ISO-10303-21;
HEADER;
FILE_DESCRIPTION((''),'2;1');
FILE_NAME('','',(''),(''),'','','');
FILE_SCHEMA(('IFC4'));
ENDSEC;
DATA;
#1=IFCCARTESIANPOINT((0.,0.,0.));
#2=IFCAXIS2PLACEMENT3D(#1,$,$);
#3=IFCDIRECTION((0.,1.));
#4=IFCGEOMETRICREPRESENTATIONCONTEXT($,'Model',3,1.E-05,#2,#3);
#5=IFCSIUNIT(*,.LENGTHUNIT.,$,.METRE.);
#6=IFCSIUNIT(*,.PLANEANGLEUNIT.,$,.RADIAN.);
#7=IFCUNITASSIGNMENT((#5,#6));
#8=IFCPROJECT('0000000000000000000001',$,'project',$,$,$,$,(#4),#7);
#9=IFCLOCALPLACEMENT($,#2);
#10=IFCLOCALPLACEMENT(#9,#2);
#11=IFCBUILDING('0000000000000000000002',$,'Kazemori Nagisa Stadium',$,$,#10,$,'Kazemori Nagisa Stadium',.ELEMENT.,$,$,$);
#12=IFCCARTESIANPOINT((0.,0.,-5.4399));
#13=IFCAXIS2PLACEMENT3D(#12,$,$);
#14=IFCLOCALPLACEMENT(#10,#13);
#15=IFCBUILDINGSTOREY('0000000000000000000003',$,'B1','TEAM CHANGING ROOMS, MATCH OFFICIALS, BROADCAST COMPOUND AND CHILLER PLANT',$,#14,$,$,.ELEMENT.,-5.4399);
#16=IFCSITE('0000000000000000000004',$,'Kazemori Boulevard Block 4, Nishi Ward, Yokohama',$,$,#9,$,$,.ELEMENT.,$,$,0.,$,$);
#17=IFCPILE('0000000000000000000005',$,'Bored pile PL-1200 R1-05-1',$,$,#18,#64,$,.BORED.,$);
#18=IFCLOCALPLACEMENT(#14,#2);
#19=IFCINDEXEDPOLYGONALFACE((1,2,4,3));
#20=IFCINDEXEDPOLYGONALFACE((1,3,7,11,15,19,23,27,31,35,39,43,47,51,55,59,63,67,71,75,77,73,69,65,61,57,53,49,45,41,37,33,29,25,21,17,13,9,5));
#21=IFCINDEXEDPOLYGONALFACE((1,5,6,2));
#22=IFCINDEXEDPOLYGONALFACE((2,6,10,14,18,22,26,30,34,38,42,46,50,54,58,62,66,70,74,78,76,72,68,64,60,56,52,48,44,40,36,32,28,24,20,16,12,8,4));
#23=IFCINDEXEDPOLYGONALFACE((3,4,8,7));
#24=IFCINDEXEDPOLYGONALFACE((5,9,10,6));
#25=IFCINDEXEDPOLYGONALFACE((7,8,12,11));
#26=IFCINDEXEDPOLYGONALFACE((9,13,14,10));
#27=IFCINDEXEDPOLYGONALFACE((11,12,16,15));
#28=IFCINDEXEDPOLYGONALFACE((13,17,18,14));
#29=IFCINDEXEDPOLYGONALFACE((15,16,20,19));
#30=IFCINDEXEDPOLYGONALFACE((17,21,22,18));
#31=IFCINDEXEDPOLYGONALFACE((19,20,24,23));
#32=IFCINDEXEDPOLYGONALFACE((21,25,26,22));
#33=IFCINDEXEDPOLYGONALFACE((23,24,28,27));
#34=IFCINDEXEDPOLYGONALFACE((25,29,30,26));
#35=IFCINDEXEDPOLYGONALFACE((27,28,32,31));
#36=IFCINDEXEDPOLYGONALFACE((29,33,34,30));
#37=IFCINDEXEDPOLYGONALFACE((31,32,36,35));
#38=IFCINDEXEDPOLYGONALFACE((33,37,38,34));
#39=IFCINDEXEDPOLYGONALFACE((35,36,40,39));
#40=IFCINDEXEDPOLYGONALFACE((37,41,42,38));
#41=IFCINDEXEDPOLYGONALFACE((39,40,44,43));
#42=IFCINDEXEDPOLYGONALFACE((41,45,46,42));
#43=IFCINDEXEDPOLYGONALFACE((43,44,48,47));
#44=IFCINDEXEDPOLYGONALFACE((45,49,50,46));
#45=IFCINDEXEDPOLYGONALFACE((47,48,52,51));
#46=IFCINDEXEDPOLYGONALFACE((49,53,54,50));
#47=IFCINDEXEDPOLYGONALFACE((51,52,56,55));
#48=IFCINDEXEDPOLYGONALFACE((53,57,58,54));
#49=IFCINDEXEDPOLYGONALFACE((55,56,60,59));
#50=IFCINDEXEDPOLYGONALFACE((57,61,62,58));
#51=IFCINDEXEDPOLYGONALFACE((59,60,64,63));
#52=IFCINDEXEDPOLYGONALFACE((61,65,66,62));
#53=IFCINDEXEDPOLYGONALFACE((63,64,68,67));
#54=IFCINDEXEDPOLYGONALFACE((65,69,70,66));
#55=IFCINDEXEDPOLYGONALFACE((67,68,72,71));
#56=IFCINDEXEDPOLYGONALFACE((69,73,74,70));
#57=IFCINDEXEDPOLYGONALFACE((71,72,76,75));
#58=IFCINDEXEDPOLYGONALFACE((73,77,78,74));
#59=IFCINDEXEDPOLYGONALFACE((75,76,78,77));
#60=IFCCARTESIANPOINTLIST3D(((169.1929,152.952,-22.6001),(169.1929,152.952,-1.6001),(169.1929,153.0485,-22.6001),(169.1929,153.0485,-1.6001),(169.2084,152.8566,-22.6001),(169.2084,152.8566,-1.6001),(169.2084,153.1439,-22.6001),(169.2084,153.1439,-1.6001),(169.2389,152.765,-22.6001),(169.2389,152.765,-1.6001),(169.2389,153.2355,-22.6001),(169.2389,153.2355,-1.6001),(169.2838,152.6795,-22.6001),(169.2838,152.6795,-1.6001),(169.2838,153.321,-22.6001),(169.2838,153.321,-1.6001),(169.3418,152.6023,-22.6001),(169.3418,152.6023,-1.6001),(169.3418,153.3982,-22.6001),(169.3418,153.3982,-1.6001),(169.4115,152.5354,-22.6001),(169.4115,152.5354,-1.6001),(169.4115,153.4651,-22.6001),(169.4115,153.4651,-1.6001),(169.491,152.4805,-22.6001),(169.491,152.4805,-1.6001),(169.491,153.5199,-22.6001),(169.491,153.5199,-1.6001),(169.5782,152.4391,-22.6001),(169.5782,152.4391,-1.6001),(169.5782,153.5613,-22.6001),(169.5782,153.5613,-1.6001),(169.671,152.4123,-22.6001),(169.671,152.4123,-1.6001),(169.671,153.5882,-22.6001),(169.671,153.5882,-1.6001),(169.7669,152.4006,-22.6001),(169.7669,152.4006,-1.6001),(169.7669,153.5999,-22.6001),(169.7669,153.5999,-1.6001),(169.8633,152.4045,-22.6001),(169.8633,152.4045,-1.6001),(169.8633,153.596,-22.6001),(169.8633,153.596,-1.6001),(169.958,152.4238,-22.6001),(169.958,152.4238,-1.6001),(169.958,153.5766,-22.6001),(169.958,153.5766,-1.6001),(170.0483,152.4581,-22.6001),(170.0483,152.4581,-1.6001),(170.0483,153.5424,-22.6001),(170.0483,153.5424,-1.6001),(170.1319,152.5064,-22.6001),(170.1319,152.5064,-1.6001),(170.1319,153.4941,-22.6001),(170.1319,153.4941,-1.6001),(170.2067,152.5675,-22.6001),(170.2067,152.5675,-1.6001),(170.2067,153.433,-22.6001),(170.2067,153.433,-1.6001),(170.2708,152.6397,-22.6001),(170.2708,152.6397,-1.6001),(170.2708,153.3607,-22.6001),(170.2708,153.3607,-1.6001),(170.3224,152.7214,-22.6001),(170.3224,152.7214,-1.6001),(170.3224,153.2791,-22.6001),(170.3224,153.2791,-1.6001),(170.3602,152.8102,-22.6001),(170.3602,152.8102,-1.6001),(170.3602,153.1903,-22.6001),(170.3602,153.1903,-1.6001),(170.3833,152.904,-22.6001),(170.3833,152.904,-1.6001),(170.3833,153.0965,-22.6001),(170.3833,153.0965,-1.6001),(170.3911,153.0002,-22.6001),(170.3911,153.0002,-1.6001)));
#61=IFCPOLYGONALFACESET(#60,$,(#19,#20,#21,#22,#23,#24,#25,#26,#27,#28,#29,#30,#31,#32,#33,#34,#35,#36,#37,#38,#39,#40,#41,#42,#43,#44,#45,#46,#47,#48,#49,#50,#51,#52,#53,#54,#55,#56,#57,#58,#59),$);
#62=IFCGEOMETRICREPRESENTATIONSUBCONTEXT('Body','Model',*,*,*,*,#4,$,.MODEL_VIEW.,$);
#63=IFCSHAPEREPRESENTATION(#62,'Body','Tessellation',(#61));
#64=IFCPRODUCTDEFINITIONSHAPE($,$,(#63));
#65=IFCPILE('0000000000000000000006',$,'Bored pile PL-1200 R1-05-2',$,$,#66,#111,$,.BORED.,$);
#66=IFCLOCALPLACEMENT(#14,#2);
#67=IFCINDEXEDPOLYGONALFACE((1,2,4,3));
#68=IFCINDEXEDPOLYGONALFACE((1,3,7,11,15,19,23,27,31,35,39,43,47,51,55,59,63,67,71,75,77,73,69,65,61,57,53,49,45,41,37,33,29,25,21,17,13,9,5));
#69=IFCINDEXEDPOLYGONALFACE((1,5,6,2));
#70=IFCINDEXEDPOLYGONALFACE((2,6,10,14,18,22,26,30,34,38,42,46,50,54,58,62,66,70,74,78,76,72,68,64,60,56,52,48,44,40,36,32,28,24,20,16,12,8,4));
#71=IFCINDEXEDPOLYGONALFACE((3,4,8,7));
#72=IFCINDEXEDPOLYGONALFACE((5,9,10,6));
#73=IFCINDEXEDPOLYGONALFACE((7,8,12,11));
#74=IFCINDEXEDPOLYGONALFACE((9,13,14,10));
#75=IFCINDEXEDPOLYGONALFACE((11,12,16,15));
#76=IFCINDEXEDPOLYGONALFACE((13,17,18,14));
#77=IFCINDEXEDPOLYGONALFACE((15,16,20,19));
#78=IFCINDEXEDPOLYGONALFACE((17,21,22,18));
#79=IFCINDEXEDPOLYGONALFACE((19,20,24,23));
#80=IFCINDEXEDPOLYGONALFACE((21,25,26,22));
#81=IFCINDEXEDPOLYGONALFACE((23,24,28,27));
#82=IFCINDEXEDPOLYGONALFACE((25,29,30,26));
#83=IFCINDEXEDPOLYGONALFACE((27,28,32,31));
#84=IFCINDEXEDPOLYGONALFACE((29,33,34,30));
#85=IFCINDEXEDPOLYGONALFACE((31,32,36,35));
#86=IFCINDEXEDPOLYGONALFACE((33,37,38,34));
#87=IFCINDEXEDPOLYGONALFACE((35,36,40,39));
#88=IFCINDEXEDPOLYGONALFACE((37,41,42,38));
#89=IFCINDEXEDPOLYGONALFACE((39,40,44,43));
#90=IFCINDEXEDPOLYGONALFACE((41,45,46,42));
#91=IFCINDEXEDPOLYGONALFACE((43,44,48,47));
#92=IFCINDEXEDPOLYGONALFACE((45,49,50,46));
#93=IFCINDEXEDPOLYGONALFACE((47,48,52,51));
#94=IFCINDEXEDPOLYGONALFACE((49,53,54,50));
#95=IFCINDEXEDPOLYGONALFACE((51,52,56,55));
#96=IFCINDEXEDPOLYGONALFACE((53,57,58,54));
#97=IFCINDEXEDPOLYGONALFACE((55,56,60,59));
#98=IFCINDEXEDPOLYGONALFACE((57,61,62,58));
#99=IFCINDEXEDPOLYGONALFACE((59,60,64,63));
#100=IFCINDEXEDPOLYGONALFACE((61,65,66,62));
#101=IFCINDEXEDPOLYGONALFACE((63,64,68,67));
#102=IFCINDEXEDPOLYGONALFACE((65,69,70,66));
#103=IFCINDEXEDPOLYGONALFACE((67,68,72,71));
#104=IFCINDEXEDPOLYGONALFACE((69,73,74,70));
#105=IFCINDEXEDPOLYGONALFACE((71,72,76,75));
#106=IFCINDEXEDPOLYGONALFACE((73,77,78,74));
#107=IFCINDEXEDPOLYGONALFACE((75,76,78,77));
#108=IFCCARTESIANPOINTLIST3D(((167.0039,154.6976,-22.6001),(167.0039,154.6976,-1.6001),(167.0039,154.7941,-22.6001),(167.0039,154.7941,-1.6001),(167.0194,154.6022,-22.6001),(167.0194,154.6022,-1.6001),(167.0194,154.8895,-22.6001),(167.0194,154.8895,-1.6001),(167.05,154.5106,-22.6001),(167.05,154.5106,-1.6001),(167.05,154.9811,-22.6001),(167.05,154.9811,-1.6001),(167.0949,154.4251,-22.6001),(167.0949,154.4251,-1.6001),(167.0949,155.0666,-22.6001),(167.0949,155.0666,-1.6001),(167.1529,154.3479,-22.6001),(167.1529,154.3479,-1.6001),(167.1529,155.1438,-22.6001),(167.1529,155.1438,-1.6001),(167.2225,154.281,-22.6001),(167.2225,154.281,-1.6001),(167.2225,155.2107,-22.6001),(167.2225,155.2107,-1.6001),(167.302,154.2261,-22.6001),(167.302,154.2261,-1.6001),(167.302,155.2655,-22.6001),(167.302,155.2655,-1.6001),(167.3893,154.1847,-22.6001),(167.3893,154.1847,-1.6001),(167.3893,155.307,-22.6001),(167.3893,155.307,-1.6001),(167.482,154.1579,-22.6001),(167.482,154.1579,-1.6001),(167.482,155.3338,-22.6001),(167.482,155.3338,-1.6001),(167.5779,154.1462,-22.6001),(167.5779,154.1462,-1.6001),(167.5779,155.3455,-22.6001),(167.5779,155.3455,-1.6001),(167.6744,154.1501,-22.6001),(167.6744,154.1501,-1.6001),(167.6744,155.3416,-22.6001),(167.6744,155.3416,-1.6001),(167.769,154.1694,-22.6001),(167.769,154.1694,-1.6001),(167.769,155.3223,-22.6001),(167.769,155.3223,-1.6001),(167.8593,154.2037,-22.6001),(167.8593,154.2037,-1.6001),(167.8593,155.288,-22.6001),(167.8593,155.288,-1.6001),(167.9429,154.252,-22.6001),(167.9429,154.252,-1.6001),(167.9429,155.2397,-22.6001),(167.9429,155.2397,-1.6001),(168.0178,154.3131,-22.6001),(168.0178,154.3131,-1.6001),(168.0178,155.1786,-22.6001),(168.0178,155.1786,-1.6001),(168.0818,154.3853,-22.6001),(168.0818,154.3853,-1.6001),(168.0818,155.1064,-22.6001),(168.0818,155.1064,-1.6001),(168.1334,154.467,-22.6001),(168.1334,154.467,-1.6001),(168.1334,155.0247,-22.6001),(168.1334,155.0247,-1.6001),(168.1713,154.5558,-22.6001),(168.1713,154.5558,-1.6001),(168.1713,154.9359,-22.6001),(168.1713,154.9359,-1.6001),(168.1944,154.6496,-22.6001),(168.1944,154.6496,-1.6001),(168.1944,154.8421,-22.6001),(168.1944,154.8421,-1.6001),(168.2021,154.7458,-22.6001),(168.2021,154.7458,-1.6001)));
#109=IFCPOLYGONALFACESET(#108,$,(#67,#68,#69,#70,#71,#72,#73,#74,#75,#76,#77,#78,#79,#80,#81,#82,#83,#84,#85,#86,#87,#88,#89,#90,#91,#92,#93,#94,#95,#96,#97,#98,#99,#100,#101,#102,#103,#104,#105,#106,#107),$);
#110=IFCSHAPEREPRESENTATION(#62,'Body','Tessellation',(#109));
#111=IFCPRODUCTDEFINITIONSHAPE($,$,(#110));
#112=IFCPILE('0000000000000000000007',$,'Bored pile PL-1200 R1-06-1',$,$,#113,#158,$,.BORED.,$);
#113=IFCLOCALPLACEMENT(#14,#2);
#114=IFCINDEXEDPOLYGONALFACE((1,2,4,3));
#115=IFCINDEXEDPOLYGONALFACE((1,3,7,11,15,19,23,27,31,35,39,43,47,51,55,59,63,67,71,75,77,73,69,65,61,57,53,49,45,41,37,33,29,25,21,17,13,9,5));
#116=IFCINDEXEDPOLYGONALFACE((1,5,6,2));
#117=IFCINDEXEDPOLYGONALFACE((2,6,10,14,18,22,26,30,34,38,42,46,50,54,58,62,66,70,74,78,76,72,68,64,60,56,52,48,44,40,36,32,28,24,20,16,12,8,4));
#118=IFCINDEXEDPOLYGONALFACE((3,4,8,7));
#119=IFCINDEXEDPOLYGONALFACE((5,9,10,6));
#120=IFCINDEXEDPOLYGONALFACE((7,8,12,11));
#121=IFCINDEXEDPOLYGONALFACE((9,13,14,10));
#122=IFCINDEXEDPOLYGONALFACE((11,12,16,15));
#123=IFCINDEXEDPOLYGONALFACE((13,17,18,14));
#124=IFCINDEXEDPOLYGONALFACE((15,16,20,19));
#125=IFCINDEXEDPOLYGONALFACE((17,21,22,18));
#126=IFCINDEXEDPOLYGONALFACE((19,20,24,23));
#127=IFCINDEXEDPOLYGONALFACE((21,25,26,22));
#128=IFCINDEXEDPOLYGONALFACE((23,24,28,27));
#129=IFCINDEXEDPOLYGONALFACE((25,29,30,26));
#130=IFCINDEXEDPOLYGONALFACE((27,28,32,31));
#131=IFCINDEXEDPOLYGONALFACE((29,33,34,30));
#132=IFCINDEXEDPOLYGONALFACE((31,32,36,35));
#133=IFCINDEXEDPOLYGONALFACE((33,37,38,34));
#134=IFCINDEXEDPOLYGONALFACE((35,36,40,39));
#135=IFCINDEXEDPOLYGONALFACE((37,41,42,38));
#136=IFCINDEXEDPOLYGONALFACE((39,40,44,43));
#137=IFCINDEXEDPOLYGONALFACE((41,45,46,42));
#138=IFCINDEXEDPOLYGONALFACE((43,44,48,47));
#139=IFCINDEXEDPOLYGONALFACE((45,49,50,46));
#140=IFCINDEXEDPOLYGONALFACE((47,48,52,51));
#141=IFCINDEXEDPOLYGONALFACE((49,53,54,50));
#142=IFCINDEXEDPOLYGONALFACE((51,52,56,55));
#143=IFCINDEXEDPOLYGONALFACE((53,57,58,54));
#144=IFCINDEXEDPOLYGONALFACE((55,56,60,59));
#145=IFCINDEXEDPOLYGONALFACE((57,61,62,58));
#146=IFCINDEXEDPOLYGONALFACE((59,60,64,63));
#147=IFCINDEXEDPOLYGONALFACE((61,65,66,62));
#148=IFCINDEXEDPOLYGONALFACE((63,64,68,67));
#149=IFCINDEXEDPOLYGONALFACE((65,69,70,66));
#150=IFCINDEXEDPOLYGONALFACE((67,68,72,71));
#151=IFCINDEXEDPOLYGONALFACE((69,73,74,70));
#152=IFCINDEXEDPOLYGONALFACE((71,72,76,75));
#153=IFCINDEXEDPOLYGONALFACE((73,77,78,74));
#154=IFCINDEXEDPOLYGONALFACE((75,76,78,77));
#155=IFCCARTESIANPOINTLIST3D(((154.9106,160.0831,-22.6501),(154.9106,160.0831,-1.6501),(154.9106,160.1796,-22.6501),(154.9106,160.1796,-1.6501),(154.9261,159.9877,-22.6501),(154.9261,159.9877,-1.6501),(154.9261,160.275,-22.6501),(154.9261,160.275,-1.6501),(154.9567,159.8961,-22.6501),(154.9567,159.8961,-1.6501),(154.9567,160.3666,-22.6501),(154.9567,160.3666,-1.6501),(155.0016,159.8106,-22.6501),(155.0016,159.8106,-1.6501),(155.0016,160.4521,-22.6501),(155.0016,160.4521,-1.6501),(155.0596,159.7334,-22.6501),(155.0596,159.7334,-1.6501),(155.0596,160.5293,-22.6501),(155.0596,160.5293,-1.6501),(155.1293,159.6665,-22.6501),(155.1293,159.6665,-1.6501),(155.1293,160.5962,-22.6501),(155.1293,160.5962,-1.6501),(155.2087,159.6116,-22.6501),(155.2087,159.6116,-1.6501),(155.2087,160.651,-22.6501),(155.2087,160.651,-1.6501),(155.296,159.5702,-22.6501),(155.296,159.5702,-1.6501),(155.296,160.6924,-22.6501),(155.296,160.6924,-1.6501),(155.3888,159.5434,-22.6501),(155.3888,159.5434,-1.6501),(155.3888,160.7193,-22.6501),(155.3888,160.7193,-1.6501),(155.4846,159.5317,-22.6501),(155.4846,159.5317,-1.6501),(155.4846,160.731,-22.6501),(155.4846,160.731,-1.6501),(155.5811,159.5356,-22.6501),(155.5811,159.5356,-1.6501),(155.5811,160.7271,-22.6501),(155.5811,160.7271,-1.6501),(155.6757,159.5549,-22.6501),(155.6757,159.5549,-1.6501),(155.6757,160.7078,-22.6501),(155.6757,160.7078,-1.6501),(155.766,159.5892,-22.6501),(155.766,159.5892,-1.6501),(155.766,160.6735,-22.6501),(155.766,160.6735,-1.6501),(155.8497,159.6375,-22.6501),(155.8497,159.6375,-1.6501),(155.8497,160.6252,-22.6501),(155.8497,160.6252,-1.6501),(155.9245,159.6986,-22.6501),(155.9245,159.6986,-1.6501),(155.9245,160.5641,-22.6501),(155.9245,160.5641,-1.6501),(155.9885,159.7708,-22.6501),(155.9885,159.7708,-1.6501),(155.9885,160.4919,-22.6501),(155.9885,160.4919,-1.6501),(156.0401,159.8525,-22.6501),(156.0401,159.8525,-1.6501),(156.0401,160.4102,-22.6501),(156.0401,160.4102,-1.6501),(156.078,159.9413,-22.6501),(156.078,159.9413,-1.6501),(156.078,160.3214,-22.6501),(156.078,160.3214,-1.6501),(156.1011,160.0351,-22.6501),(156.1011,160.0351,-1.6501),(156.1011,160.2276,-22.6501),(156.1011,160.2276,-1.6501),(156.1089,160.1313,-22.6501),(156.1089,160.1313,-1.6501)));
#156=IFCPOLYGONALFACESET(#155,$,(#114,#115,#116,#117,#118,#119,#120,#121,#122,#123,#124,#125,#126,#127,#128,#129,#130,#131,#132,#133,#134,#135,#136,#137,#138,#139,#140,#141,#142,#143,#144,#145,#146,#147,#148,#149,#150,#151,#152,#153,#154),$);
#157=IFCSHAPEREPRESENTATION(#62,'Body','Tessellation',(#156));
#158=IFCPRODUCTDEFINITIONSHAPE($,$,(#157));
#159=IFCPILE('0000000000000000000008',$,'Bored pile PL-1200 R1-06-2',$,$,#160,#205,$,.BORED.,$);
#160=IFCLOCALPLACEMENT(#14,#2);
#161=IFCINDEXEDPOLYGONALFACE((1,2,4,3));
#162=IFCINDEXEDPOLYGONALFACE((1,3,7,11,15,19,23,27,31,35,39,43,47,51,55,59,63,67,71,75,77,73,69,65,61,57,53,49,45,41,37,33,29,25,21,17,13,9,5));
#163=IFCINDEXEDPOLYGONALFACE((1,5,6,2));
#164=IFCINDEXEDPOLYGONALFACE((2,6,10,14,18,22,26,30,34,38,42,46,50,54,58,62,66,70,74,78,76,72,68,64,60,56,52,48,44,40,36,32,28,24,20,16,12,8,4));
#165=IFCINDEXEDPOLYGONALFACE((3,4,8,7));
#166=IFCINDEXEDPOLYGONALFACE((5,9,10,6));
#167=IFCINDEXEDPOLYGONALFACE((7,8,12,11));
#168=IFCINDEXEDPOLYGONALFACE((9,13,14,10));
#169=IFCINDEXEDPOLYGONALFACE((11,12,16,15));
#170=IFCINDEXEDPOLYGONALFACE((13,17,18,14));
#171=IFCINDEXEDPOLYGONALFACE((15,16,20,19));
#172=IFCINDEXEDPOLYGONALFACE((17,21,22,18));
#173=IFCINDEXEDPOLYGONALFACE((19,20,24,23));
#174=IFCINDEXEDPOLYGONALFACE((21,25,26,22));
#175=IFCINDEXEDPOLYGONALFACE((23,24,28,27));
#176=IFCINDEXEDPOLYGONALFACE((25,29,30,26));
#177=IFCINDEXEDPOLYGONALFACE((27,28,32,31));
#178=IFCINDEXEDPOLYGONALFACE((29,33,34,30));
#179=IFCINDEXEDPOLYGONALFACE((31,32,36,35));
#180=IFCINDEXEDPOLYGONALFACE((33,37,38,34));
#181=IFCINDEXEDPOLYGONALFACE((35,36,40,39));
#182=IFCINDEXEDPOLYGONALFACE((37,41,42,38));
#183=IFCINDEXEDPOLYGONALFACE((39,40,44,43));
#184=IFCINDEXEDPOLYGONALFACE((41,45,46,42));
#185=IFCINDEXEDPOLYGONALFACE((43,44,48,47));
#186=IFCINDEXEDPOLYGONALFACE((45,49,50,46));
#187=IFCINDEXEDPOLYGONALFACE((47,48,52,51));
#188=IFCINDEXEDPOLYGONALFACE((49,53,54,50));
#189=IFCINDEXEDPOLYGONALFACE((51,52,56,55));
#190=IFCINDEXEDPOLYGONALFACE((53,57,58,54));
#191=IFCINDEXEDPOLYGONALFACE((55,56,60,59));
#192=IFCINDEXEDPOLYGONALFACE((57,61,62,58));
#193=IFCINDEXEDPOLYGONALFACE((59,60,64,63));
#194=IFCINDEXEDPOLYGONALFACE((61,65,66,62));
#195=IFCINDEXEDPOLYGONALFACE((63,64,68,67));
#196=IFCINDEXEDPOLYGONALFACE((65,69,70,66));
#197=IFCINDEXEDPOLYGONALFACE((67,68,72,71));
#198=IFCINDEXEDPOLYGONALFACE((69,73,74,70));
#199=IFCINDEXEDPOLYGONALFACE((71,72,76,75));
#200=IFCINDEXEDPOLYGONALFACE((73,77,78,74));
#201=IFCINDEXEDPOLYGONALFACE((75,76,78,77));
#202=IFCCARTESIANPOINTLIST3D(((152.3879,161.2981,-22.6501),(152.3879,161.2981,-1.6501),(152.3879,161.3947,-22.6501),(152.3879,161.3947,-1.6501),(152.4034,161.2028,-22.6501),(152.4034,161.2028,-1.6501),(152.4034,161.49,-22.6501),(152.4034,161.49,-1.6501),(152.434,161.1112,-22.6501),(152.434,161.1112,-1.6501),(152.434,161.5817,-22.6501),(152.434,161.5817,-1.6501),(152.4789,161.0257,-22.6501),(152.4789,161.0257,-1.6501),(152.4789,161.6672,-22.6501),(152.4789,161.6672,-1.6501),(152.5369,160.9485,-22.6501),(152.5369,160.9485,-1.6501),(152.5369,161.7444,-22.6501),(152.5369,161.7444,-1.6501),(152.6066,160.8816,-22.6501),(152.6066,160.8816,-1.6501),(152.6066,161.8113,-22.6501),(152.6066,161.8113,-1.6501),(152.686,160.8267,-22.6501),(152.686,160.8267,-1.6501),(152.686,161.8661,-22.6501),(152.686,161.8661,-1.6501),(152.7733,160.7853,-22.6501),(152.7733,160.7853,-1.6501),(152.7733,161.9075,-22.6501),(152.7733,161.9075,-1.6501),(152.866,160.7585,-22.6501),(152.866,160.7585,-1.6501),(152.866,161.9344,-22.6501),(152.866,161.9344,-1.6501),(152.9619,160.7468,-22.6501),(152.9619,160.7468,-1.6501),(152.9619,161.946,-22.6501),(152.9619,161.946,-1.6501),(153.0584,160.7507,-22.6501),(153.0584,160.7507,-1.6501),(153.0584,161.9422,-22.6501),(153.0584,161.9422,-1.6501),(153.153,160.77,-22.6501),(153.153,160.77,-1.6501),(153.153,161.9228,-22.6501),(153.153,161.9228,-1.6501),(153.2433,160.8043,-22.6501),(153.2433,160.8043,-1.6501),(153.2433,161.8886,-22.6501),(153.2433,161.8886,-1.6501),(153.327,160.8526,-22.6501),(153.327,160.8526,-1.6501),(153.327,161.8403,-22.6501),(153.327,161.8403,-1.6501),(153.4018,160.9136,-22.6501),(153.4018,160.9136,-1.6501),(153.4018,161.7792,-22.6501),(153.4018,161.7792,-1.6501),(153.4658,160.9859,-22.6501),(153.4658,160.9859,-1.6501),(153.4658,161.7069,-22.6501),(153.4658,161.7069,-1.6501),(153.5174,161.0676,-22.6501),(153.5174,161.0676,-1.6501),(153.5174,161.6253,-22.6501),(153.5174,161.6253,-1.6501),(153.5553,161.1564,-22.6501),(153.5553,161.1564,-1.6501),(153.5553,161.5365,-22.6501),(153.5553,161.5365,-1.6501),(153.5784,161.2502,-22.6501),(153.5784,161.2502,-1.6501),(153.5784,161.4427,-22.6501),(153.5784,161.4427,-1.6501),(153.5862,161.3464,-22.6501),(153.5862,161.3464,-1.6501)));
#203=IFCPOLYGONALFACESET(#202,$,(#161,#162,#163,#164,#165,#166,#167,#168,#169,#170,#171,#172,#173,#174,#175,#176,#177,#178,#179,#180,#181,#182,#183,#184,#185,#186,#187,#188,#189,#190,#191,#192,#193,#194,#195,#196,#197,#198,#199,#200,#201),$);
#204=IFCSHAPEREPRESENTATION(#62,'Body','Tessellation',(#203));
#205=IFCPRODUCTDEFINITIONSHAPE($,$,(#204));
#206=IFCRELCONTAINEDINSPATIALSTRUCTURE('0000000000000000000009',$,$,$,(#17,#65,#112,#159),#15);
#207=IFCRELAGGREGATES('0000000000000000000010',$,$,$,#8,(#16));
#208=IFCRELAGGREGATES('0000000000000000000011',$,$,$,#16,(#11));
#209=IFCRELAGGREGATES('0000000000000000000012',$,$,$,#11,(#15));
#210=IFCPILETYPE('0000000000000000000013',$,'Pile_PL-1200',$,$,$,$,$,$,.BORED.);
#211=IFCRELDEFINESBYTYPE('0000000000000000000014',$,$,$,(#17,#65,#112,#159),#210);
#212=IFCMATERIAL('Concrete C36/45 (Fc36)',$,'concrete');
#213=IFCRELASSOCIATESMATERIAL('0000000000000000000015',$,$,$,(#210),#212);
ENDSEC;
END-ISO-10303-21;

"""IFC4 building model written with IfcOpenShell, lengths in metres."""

from ifc_helpers import new_model, si_unit, direction, frame, origin, origin_2d, place, context, subcontext, project, spatial, circle, extrude, material, material_profile, profile_set, type_object, element, save


model = new_model("IFC4")

# Units and contexts
model_context = context("Model", 3, precision=1e-05, world=origin(), true_north=direction((0.0, 1.0)))
body_context = subcontext(model_context, "Body", "Model", "MODEL_VIEW")
ifc_project = project(units=[si_unit("LENGTHUNIT", "METRE"), si_unit("PLANEANGLEUNIT", "RADIAN")], contexts=[model_context])

# Site, building, storey
site_placement = place(None, origin())
site = spatial("IfcSite", under=ifc_project, at=site_placement, Name="Kazemori Boulevard Block 4, Nishi Ward, Yokohama", CompositionType="ELEMENT", RefElevation=0.0)
building_placement = place(site_placement, origin())
building = spatial("IfcBuilding", under=site, at=building_placement, Name="Kazemori Nagisa Stadium", LongName="Kazemori Nagisa Stadium", CompositionType="ELEMENT")
storey_placement = place(building_placement, frame((0.0, 0.0, -5.4399)))
storey = spatial("IfcBuildingStorey", under=building, at=storey_placement, Name="B1", Description="TEAM CHANGING ROOMS, MATCH OFFICIALS, BROADCAST COMPOUND AND CHILLER PLANT", CompositionType="ELEMENT", Elevation=-5.4399)

# Piles
ifc_material_1 = material(Name="Concrete C36/45 (Fc36)", Category="concrete")
ifc_material_profile_1 = material_profile(ifc_material_1, circle(Radius=0.6001, at=origin_2d()), Name="PILE-D1200")
ifc_profile_set_1 = profile_set([ifc_material_profile_1], Name="Concrete C36/45 (Fc36)")
pile_type = type_object("IfcPileType", Name="Pile_PL-1200", PredefinedType="BORED", material=ifc_profile_set_1)
for number, where, z_axis, x_axis, name in (
    (1, (169.791, 153.0002, -1.6001), (0.0, 0.0, -1.0), (1.0, 0.0, 0.0), "Bored pile PL-1200 R1-05-1"),
    (2, (167.6021, 154.7458, -1.6001), (0.0, 0.0, -1.0), (1.0, 0.0, 0.0), "Bored pile PL-1200 R1-05-2"),
    (3, (155.5088, 160.1313, -1.6501), (0.0, 0.0, -1.0), (1.0, 0.0, 0.0), "Bored pile PL-1200 R1-06-1"),
    (4, (152.9861, 161.3464, -1.6501), (0.0, 0.0, -1.0), (1.0, 0.0, 0.0), "Bored pile PL-1200 R1-06-2"),
):
    element("IfcPile", number, at=place(storey_placement, frame(where, z_axis=z_axis, x_axis=x_axis)), inside=storey, type_object=pile_type, Name=name, PredefinedType="BORED", context=body_context, shape_type="SweptSolid", body=[
        extrude(circle(Radius=0.6001, at=origin_2d()), origin(), (0.0, 0.0, 1.0), 21.0),
    ])

save(model, "model.ifc")
